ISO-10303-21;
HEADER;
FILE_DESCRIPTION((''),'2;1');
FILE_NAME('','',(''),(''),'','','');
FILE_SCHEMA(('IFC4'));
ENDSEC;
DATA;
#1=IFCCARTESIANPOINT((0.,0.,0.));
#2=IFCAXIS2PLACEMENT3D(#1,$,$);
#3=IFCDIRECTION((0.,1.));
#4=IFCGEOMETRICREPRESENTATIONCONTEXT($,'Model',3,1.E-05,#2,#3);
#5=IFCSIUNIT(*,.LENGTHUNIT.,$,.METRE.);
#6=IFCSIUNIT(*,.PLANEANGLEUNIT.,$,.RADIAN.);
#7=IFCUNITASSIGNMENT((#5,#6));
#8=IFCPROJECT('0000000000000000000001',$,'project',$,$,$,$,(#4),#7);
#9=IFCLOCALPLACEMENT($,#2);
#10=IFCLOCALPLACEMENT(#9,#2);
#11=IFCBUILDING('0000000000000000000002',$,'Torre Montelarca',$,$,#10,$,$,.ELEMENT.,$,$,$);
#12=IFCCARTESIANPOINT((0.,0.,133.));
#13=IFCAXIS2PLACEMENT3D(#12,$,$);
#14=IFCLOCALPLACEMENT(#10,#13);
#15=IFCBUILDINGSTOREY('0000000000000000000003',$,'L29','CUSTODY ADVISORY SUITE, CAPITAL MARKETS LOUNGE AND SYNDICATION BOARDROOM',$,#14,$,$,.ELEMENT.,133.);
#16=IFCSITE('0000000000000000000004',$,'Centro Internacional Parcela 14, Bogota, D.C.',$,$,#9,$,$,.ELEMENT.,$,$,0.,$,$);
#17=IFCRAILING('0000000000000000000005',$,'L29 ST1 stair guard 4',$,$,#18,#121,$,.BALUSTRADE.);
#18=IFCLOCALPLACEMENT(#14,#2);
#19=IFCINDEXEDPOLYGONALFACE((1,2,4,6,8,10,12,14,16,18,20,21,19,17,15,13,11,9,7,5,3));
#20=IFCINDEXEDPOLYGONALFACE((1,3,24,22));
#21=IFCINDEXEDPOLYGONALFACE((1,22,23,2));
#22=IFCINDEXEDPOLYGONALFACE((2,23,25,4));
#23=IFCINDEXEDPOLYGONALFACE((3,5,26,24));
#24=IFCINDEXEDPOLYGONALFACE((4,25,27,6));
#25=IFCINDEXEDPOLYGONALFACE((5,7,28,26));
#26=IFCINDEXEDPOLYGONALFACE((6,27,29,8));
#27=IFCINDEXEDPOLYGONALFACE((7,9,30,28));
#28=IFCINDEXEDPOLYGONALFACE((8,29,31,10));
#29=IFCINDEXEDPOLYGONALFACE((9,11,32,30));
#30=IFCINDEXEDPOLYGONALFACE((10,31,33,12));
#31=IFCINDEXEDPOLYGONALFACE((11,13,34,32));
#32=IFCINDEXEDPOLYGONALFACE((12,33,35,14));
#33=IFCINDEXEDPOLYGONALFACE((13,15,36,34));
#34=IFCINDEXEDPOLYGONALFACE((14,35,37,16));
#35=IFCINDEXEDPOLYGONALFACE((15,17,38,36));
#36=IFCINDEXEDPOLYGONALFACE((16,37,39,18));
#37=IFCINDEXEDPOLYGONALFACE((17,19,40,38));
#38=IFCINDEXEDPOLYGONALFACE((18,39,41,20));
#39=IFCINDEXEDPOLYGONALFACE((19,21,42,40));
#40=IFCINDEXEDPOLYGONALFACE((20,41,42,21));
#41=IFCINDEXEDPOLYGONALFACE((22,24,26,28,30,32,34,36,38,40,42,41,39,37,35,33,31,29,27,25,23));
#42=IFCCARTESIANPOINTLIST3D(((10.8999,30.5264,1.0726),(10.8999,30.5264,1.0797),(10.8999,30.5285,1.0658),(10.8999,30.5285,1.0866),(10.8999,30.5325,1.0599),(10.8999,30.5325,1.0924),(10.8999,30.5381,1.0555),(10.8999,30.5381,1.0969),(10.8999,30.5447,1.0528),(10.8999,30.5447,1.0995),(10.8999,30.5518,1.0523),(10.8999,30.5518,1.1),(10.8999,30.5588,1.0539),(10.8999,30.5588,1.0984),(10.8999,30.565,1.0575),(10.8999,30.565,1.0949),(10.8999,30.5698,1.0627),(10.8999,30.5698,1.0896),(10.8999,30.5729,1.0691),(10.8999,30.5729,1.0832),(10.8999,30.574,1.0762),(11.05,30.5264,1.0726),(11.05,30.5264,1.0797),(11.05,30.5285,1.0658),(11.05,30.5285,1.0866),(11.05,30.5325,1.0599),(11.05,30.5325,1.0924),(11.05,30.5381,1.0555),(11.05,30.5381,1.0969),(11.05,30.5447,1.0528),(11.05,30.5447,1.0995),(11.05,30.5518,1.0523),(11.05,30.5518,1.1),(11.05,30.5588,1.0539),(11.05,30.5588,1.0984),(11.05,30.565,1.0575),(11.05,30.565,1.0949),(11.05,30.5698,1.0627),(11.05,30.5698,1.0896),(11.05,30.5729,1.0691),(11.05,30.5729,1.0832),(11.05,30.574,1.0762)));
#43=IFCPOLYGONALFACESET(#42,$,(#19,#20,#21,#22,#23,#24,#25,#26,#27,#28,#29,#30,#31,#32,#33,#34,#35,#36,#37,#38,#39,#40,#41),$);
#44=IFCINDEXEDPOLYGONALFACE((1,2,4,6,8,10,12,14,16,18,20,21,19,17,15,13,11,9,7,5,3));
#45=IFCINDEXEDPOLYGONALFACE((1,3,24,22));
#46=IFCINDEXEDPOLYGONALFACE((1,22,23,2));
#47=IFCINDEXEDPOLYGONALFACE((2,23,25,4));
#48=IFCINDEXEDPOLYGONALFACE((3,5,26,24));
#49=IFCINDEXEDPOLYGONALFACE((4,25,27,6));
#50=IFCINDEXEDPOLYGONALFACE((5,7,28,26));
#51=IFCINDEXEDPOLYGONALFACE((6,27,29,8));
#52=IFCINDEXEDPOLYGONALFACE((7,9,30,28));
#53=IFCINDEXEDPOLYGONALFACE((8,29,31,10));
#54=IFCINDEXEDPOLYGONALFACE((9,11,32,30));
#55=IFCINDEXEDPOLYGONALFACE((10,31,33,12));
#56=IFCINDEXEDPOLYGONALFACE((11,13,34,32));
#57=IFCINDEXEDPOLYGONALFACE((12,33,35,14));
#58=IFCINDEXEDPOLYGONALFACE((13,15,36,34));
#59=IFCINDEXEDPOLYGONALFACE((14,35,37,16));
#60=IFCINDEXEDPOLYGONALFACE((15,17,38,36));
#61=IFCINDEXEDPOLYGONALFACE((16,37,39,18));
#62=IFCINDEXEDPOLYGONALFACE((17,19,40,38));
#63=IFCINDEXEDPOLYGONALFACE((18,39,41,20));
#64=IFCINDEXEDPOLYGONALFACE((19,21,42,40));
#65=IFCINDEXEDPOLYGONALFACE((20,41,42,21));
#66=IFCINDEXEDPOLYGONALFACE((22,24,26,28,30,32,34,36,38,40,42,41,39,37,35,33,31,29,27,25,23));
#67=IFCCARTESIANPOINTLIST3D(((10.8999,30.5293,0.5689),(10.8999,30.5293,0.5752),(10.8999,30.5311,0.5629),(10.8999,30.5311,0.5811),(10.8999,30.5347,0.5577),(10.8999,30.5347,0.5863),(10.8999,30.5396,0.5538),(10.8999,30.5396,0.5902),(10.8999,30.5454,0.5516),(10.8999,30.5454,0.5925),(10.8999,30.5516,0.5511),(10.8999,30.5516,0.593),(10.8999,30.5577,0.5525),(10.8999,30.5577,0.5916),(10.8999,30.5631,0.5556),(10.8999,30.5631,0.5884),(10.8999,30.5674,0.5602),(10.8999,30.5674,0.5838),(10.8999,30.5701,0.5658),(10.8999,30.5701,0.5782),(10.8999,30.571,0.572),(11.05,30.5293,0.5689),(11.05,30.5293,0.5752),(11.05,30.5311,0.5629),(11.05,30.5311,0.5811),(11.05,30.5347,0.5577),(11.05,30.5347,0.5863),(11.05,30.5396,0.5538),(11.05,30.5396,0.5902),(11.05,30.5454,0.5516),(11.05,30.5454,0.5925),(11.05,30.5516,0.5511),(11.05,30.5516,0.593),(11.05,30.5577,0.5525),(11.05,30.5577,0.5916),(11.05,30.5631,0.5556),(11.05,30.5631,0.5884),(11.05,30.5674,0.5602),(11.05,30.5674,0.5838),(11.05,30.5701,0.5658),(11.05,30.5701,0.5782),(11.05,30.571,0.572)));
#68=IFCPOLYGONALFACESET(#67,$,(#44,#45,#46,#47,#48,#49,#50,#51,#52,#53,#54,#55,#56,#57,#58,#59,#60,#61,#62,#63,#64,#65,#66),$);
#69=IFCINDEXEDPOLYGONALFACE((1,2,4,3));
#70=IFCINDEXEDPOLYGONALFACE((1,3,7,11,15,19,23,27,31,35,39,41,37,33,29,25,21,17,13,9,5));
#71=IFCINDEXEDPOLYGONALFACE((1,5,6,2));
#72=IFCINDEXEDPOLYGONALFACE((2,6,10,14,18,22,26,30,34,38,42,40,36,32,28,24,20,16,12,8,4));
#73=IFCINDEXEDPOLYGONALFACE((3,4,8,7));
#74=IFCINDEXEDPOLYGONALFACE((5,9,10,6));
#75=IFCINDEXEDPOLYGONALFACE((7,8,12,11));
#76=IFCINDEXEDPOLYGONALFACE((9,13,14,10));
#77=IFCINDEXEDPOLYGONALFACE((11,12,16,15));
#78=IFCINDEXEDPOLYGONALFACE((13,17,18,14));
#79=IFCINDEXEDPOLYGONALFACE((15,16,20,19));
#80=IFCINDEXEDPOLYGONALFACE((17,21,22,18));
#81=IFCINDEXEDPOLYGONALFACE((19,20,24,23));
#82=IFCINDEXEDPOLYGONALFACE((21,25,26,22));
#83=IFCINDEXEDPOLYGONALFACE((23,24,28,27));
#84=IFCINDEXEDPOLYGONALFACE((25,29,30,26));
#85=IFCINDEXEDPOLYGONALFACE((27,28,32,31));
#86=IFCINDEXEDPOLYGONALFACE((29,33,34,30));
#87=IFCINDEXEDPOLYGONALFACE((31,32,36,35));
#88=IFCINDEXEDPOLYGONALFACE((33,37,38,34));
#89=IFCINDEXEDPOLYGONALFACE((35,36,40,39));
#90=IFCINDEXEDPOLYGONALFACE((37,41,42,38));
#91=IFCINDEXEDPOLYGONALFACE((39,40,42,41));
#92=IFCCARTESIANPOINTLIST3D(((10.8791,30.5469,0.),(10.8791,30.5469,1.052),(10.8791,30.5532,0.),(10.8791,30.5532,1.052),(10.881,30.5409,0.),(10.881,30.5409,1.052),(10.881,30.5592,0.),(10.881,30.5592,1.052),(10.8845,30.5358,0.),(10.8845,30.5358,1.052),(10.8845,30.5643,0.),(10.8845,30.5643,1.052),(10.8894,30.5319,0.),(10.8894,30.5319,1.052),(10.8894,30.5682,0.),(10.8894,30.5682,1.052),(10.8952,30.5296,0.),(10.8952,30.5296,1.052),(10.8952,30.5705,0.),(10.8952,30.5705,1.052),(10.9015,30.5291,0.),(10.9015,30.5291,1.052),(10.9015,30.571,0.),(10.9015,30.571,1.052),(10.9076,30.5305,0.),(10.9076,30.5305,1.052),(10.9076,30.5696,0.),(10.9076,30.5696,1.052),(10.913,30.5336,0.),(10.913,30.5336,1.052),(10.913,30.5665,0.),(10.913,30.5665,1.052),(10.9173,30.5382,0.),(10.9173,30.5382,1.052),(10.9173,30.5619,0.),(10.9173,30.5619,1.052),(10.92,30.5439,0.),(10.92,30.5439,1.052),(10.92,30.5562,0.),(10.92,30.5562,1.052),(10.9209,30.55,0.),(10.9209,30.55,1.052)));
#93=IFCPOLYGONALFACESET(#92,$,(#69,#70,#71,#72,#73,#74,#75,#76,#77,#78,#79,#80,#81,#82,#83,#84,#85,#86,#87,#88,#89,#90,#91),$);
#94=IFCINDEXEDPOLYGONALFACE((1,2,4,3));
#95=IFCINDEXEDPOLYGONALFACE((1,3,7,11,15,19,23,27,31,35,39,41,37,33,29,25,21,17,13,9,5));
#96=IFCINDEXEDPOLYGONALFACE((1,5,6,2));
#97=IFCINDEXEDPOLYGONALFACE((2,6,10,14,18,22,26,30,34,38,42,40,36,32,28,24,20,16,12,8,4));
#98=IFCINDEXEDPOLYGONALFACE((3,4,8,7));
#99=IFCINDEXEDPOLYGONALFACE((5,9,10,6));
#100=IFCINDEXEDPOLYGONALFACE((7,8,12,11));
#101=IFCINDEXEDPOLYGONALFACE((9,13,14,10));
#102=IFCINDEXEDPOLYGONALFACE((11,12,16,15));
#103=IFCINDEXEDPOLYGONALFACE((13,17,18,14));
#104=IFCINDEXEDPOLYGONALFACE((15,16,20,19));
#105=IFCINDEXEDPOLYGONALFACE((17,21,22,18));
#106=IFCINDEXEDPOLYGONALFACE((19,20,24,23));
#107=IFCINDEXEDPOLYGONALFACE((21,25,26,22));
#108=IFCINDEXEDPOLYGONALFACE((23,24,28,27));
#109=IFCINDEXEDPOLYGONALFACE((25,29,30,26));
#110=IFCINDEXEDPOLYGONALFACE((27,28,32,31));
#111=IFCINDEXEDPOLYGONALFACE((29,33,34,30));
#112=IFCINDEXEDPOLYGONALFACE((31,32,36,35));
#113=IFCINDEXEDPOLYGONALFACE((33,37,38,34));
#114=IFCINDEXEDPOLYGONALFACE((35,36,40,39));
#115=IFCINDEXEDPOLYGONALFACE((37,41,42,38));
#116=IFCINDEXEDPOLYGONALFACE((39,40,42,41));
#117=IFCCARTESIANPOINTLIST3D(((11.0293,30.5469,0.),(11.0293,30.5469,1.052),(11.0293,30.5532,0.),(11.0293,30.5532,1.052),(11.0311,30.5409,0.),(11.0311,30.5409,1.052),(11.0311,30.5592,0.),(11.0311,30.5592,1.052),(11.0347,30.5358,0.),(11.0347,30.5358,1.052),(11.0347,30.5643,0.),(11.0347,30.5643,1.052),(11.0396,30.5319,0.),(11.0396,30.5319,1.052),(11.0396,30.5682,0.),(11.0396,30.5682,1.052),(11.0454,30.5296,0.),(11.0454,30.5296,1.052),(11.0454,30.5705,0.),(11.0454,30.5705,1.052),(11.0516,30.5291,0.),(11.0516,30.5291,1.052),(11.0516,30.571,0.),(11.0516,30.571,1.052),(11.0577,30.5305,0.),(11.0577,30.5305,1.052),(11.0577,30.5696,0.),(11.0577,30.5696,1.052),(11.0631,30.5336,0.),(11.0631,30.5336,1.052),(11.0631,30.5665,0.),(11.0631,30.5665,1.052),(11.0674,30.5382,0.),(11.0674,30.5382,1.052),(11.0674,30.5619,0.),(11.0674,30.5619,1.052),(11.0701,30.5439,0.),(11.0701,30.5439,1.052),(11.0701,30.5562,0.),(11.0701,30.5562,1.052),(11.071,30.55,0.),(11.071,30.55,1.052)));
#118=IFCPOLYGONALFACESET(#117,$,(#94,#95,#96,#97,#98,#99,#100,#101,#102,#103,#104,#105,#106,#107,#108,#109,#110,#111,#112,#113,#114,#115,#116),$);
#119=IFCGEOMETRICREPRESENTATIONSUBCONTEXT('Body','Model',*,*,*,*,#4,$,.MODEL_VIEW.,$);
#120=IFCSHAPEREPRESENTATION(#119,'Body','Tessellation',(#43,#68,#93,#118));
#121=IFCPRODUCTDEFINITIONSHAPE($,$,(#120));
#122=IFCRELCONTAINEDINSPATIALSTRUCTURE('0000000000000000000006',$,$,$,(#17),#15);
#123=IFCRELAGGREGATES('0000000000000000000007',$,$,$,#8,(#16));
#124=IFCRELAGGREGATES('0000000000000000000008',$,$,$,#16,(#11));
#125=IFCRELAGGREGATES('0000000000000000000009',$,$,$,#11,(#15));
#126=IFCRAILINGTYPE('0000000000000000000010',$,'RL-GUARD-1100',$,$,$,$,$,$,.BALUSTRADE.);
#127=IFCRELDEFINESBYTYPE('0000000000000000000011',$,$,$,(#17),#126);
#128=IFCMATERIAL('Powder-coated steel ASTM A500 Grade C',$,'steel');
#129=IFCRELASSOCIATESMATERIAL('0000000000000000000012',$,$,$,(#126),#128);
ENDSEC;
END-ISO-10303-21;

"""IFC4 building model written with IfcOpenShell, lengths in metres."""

from ifc_helpers import new_model, si_unit, direction, frame, origin, origin_2d, place, context, subcontext, project, spatial, circle, extrude, material, type_object, element, save


model = new_model("IFC4")

# Units and contexts
model_context = context("Model", 3, precision=1e-05, world=origin(), true_north=direction((0.0, 1.0)))
body_context = subcontext(model_context, "Body", "Model", "MODEL_VIEW")
ifc_project = project(units=[si_unit("LENGTHUNIT", "METRE"), si_unit("PLANEANGLEUNIT", "RADIAN")], contexts=[model_context])

# Site, building, storey
site_placement = place(None, origin())
site = spatial("IfcSite", under=ifc_project, at=site_placement, Name="Centro Internacional Parcela 14, Bogota, D.C.", CompositionType="ELEMENT", RefElevation=0.0)
building_placement = place(site_placement, origin())
building = spatial("IfcBuilding", under=site, at=building_placement, Name="Torre Montelarca", CompositionType="ELEMENT")
storey_placement = place(building_placement, frame((0.0, 0.0, 133.0)))
storey = spatial("IfcBuildingStorey", under=building, at=storey_placement, Name="L29", Description="CUSTODY ADVISORY SUITE, CAPITAL MARKETS LOUNGE AND SYNDICATION BOARDROOM", CompositionType="ELEMENT", Elevation=133.0)

# Railing
ifc_material_1 = material(Name="Powder-coated steel ASTM A500 Grade C", Category="steel")
railing_type_1 = type_object("IfcRailingType", Name="RL-GUARD-1100", PredefinedType="BALUSTRADE", material=ifc_material_1)
railing_1_placement = place(storey_placement, frame((10.8999, 30.55, 0.0)))
element("IfcRailing", 1, at=railing_1_placement, inside=storey, type_object=railing_type_1, Name="L29 ST1 stair guard 4", PredefinedType="BALUSTRADE", context=body_context, shape_type="SweptSolid", body=[
    extrude(circle(Radius=0.0239, at=origin_2d()), frame((0.0, 0.0, 1.0762), z_axis=(1.0, 0.0, 0.0), x_axis=(0.0, 1.0, 0.0)), (0.0, 0.0, 1.0), 0.1501),
    extrude(circle(Radius=0.021, at=origin_2d()), frame((0.0, 0.0, 0.572), z_axis=(1.0, 0.0, 0.0), x_axis=(0.0, 1.0, 0.0)), (0.0, 0.0, 1.0), 0.1501),
    extrude(circle(Radius=0.021, at=origin_2d()), origin(), (0.0, 0.0, 1.0), 1.052),
    extrude(circle(Radius=0.021, at=origin_2d()), frame((0.1501, 0.0, 0.0)), (0.0, 0.0, 1.0), 1.052),
])

save(model, "model.ifc")
